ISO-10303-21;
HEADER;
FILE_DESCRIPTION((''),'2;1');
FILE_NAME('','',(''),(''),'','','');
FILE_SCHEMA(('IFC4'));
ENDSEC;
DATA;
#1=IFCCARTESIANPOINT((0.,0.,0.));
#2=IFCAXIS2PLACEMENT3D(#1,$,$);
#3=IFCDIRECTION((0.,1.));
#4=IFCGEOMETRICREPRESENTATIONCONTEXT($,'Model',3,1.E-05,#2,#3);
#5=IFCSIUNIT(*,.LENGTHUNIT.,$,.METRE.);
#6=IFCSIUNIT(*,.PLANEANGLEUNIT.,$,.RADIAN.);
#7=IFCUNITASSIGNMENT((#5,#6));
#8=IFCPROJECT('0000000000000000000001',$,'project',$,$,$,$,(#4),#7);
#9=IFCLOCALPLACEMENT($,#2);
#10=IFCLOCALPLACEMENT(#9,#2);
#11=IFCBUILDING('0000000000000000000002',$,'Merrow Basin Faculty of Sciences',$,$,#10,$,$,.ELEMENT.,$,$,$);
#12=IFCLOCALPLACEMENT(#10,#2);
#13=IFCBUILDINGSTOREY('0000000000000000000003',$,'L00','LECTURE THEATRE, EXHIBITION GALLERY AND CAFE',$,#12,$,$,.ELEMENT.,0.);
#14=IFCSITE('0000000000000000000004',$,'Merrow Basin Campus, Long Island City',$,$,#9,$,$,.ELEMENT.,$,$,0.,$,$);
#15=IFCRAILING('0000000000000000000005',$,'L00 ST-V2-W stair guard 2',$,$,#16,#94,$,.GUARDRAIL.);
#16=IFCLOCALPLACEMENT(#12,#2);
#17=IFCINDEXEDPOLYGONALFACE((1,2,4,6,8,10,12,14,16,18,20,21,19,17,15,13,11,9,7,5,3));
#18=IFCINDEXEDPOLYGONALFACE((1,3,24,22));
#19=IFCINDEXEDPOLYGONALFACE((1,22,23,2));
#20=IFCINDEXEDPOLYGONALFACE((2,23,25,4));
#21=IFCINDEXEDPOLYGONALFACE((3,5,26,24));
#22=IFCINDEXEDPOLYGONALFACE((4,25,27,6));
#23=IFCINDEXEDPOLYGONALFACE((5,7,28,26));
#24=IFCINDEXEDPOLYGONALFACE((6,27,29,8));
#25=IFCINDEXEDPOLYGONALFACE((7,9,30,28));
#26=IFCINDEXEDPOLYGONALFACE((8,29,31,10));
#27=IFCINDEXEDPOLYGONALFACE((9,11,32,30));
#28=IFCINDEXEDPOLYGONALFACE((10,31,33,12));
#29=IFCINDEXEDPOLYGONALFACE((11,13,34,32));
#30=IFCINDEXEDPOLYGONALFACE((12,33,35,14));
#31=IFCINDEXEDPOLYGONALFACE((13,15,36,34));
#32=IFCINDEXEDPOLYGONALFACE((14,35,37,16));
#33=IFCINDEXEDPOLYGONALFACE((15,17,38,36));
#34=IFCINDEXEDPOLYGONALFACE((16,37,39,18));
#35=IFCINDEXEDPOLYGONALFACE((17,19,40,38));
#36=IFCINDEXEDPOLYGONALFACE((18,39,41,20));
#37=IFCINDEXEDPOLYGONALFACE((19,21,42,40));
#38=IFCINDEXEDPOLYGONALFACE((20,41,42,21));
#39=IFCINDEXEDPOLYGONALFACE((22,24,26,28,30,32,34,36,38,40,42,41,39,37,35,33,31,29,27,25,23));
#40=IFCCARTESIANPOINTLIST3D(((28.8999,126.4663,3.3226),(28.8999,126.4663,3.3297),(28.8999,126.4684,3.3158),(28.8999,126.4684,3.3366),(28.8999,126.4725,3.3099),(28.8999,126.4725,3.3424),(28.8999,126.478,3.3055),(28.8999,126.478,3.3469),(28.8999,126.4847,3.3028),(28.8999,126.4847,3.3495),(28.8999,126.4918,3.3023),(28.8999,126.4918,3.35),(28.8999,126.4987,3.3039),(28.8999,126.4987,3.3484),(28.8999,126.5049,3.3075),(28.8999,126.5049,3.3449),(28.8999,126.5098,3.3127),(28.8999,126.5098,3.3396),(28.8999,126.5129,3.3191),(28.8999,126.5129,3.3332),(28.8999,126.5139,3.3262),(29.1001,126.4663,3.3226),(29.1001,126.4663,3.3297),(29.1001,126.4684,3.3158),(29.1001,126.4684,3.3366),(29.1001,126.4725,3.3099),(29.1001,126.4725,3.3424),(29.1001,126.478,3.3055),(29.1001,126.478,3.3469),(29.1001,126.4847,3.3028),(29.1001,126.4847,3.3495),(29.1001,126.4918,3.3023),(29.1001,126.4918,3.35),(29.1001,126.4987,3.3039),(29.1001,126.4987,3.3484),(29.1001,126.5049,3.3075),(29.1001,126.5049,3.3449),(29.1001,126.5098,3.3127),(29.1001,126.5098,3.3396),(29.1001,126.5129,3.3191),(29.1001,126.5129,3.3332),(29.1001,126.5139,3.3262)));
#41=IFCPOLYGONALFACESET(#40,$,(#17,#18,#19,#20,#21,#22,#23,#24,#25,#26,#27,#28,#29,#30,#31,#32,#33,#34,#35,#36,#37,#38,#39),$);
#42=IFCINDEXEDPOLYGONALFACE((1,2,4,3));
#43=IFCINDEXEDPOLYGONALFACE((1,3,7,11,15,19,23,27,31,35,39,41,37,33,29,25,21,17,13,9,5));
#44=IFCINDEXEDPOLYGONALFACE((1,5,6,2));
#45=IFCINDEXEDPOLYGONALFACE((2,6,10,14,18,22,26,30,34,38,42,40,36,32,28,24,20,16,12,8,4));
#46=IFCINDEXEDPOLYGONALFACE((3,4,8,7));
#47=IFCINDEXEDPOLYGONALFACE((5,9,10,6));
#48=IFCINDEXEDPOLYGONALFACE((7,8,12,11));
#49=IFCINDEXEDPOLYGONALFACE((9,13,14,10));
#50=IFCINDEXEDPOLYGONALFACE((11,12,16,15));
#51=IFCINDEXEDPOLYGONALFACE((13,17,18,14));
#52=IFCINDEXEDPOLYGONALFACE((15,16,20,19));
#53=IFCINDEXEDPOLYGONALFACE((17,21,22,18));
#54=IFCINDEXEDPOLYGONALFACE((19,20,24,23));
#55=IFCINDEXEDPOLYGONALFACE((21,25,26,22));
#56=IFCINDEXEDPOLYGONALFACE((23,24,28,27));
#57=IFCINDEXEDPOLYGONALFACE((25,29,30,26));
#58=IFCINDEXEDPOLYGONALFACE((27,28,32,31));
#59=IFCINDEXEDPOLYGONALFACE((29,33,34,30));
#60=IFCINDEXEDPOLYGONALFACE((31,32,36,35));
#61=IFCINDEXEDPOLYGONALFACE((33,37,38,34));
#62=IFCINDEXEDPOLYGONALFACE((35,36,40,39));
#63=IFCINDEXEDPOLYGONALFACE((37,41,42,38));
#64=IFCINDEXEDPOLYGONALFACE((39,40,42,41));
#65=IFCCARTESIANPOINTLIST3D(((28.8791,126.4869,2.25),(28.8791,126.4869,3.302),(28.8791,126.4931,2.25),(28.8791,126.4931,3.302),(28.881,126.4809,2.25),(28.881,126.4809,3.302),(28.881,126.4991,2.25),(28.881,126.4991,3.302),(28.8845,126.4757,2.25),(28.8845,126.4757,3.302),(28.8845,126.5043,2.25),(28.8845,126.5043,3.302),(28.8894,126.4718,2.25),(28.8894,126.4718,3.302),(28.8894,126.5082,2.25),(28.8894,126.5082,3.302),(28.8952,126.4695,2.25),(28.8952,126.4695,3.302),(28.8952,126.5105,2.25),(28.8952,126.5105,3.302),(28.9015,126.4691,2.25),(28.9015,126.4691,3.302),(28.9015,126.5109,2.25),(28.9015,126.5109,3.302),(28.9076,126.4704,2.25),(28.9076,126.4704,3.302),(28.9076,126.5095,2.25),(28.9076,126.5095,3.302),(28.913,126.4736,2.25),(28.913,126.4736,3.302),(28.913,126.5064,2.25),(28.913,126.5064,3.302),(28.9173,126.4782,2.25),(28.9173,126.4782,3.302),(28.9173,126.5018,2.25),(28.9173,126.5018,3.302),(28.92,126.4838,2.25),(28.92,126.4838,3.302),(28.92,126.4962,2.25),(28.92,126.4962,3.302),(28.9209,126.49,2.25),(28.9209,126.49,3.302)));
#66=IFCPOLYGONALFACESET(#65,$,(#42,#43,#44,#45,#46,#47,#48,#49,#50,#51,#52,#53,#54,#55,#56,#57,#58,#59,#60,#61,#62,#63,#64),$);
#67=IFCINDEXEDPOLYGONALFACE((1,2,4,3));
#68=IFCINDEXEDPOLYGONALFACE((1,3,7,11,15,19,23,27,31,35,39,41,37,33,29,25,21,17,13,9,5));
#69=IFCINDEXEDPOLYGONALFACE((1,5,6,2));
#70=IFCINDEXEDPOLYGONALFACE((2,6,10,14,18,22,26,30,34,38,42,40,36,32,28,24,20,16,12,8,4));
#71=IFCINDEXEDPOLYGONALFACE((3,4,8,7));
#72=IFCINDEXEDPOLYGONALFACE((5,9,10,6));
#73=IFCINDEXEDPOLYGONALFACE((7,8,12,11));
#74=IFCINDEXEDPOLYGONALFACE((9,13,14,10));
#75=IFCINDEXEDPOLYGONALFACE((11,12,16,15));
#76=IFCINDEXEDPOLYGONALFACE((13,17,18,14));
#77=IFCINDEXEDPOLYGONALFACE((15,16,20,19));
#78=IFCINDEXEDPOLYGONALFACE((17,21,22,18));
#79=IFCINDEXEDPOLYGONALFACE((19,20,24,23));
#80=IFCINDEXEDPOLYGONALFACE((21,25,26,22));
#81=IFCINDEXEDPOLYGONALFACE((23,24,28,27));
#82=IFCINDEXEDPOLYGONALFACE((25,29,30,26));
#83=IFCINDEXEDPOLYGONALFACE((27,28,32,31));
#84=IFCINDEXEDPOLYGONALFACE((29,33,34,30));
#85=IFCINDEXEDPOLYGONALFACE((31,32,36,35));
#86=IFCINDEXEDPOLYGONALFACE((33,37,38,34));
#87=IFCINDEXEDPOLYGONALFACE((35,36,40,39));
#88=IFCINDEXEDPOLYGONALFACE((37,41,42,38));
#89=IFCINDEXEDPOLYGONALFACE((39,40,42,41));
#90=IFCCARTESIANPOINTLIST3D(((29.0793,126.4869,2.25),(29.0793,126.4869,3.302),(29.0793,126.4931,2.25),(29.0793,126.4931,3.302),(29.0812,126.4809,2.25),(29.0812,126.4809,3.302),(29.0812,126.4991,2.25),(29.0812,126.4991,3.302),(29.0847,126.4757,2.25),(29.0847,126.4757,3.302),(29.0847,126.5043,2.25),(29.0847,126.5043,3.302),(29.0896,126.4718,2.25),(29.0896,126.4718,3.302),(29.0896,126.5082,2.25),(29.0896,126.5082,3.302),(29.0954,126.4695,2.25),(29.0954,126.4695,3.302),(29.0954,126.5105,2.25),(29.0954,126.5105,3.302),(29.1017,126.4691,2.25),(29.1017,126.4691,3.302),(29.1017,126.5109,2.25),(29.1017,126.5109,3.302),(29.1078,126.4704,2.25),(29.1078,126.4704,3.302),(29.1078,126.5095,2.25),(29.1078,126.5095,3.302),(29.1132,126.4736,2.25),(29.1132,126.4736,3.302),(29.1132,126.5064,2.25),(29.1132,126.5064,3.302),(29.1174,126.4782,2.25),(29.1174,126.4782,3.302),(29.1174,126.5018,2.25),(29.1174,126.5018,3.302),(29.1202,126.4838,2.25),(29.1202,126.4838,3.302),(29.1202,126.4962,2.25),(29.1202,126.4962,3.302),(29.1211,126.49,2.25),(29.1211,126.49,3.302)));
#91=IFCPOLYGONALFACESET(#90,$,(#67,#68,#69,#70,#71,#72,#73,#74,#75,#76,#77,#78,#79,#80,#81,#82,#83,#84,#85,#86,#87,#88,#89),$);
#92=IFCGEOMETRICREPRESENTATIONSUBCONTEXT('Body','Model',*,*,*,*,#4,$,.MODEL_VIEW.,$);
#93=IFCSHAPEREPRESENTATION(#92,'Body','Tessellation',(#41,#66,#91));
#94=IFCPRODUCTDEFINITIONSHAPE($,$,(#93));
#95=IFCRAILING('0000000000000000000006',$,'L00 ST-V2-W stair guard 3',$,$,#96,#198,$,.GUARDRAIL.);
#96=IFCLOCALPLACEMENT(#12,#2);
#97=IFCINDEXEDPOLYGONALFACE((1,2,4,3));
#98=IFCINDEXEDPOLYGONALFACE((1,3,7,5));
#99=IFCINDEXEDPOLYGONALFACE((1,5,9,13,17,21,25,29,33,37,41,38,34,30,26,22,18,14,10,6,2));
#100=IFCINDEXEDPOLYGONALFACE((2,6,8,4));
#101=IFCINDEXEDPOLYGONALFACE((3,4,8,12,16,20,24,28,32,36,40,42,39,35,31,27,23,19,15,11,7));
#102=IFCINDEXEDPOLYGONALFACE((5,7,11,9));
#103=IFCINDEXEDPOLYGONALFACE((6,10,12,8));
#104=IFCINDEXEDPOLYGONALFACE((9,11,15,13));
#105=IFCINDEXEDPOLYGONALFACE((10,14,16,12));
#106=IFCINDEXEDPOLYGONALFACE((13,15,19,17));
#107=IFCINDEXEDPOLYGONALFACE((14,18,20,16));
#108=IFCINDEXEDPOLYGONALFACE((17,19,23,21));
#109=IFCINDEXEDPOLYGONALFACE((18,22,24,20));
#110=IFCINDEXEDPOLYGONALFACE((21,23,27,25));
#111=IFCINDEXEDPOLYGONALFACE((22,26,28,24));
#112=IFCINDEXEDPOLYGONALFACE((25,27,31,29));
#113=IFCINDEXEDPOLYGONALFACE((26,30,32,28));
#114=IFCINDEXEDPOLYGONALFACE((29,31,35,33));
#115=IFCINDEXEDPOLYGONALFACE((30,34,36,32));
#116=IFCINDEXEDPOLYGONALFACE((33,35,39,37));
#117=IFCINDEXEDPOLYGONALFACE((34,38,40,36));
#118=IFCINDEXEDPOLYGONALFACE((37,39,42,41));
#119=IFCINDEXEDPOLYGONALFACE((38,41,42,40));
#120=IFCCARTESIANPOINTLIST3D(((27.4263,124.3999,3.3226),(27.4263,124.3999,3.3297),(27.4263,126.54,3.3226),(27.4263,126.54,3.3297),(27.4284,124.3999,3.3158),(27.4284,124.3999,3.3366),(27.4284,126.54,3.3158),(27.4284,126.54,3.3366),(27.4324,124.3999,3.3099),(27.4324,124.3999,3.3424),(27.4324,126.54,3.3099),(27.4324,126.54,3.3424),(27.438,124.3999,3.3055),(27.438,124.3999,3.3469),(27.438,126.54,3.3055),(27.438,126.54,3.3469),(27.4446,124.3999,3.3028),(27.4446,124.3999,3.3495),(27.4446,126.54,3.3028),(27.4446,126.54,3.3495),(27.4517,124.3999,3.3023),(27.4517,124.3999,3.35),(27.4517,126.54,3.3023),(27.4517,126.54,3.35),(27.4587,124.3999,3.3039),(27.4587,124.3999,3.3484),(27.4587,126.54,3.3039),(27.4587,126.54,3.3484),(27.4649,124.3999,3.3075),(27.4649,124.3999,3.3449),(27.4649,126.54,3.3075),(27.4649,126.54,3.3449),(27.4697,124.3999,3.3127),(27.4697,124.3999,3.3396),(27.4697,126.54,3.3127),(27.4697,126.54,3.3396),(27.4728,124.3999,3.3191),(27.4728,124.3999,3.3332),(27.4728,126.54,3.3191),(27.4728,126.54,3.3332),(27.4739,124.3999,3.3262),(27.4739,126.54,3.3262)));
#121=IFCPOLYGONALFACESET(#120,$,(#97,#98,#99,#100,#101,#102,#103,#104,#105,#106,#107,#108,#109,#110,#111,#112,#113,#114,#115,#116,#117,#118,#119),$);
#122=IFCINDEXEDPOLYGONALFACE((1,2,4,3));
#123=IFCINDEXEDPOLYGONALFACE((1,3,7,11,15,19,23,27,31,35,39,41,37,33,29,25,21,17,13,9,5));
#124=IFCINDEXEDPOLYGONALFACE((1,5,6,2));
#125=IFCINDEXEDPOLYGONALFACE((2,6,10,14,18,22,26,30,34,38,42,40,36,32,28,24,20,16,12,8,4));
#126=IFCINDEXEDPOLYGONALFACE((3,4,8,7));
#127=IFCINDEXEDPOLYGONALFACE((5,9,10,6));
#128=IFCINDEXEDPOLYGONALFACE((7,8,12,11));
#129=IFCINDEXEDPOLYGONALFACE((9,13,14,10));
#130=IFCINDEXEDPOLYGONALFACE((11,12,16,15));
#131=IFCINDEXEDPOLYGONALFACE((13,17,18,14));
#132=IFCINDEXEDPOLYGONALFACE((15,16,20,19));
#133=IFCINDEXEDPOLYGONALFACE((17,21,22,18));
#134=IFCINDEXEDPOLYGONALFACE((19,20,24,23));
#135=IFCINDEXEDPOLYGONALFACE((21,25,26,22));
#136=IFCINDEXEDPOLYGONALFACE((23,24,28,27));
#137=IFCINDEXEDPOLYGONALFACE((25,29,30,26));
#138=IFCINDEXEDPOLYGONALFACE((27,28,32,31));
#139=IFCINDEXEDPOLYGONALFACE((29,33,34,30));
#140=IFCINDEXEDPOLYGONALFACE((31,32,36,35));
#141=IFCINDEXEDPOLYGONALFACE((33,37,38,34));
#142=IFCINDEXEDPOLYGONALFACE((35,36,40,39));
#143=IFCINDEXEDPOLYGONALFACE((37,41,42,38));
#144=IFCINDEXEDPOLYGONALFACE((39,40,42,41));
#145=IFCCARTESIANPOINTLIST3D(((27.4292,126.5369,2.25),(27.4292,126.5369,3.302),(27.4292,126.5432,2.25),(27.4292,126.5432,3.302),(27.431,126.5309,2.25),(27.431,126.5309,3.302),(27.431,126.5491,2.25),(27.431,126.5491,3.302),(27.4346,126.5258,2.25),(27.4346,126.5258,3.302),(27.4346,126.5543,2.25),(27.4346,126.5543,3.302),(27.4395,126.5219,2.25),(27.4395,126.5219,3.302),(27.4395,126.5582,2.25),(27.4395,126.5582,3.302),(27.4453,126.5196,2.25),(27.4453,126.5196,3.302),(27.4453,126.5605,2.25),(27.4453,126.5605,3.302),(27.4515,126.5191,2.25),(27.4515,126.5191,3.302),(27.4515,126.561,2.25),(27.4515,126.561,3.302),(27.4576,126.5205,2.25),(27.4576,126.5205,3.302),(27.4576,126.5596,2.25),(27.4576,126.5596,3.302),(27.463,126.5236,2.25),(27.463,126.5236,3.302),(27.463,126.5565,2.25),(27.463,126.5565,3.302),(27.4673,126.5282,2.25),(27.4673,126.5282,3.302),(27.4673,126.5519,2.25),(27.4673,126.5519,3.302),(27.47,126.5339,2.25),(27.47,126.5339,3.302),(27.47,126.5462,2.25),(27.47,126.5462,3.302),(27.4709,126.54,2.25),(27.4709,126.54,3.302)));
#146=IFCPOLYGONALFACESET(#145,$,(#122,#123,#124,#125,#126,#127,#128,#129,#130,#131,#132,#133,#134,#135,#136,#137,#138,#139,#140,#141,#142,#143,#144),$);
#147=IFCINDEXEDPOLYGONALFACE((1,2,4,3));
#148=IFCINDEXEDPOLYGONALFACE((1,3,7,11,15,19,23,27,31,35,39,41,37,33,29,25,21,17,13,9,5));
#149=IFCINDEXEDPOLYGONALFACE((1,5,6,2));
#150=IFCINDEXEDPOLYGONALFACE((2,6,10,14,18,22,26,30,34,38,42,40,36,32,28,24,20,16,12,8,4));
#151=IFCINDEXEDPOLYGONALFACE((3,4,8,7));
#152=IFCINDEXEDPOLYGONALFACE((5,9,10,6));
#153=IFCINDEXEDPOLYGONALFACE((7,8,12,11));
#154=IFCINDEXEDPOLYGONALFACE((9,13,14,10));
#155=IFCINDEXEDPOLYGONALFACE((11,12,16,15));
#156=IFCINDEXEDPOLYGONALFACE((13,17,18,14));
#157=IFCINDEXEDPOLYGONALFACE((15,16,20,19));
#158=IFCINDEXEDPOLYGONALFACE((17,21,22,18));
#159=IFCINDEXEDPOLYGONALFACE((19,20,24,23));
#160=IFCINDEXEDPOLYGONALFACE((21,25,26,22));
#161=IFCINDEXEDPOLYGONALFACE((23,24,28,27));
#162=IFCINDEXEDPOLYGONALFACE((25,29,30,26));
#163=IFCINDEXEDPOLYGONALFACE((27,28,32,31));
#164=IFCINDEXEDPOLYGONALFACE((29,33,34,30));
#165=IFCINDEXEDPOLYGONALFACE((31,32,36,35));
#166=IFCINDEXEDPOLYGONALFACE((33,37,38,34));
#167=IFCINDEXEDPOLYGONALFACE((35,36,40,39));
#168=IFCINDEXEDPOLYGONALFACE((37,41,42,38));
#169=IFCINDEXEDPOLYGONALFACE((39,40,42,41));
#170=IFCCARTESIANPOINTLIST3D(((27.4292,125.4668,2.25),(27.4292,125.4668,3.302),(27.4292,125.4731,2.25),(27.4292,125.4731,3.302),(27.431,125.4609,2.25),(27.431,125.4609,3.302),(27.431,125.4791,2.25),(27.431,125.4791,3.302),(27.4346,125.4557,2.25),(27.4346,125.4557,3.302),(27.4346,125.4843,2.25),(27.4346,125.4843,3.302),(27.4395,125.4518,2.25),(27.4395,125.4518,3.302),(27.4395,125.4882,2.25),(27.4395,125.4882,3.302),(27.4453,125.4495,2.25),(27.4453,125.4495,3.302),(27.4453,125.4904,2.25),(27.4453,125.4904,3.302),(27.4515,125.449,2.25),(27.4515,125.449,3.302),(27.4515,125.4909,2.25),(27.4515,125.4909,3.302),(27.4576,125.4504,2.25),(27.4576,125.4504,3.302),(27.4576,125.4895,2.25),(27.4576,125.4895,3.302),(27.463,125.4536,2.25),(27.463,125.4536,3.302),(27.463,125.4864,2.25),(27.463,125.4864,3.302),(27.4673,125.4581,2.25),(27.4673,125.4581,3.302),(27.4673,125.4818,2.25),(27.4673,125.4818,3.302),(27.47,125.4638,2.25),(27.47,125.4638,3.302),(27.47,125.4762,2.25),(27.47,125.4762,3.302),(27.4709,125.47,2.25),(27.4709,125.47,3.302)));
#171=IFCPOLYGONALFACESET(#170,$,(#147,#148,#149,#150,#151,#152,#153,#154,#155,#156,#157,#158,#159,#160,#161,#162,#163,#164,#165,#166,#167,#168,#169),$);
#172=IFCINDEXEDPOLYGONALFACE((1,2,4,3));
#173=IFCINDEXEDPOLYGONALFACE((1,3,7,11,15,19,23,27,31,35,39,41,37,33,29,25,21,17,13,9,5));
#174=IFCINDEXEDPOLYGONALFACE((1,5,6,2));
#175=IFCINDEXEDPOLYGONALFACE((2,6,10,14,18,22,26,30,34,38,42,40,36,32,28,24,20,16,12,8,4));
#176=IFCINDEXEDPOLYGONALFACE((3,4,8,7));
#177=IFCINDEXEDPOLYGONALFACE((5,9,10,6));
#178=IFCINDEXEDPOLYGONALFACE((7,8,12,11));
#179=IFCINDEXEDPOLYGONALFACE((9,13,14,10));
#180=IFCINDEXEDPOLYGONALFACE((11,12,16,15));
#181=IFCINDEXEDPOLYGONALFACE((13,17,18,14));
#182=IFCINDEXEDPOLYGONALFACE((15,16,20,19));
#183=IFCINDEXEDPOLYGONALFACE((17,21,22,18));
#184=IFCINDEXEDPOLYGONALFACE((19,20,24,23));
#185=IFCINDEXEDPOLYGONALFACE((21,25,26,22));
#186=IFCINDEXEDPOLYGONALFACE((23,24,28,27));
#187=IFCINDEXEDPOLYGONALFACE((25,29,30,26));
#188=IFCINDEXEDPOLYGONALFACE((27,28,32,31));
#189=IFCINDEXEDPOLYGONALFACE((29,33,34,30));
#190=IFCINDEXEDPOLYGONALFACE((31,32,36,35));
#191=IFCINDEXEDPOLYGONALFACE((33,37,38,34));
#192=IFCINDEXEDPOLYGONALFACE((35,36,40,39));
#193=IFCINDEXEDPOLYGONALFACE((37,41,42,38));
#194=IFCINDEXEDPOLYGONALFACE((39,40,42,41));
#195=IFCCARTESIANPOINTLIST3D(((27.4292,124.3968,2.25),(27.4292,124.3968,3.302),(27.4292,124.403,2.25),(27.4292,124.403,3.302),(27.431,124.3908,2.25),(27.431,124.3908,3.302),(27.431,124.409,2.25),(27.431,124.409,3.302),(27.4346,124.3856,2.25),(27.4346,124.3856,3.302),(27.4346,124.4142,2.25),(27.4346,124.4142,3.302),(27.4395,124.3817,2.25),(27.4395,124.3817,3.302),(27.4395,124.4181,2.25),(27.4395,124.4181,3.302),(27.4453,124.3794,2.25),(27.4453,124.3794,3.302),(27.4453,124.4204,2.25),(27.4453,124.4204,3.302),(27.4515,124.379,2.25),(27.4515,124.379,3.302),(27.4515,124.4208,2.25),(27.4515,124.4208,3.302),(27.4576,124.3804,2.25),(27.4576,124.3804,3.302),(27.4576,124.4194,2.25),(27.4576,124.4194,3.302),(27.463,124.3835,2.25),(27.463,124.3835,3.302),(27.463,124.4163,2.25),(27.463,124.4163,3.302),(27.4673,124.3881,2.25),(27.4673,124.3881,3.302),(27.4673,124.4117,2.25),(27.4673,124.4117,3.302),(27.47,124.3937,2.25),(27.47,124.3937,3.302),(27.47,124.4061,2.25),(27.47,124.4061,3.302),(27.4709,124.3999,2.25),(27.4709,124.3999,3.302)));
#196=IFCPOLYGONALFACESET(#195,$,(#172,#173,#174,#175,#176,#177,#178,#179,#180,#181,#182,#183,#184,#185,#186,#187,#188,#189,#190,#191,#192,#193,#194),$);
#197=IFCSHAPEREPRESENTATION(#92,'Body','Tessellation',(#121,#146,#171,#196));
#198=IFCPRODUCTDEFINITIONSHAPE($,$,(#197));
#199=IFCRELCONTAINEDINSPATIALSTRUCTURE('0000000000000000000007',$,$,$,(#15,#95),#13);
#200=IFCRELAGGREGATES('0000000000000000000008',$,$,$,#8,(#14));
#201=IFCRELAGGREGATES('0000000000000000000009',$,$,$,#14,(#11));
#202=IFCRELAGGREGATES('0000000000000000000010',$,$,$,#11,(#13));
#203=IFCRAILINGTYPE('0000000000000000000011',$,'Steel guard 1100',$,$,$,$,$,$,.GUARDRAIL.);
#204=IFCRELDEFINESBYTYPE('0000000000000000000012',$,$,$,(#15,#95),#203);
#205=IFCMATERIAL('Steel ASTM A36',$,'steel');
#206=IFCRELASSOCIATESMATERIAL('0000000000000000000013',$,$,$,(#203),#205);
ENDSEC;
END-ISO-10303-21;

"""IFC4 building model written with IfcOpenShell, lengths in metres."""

from ifc_helpers import new_model, si_unit, direction, frame, origin, origin_2d, place, context, subcontext, project, spatial, circle, extrude, material, type_object, element, save


model = new_model("IFC4")

# Units and contexts
model_context = context("Model", 3, precision=1e-05, world=origin(), true_north=direction((0.0, 1.0)))
body_context = subcontext(model_context, "Body", "Model", "MODEL_VIEW")
ifc_project = project(units=[si_unit("LENGTHUNIT", "METRE"), si_unit("PLANEANGLEUNIT", "RADIAN")], contexts=[model_context])

# Site, building, storey
site_placement = place(None, origin())
site = spatial("IfcSite", under=ifc_project, at=site_placement, Name="Merrow Basin Campus, Long Island City", CompositionType="ELEMENT", RefElevation=0.0)
building_placement = place(site_placement, origin())
building = spatial("IfcBuilding", under=site, at=building_placement, Name="Merrow Basin Faculty of Sciences", CompositionType="ELEMENT")
storey_placement = place(building_placement, origin())
storey = spatial("IfcBuildingStorey", under=building, at=storey_placement, Name="L00", Description="LECTURE THEATRE, EXHIBITION GALLERY AND CAFE", CompositionType="ELEMENT", Elevation=0.0)

# Railings
ifc_material_1 = material(Name="Steel ASTM A36", Category="steel")
railing_type_1 = type_object("IfcRailingType", Name="Steel guard 1100", PredefinedType="GUARDRAIL", material=ifc_material_1)
railing_1_placement = place(storey_placement, frame((28.8999, 126.49, 2.25)))
element("IfcRailing", 1, at=railing_1_placement, inside=storey, type_object=railing_type_1, Name="L00 ST-V2-W stair guard 2", PredefinedType="GUARDRAIL", context=body_context, shape_type="SweptSolid", body=[
    extrude(circle(Radius=0.0239, at=origin_2d()), frame((0.0, 0.0, 1.0762), z_axis=(1.0, 0.0, 0.0), x_axis=(0.0, 1.0, 0.0)), (0.0, 0.0, 1.0), 0.2002),
    extrude(circle(Radius=0.021, at=origin_2d()), origin(), (0.0, 0.0, 1.0), 1.052),
    extrude(circle(Radius=0.021, at=origin_2d()), frame((0.2002, 0.0, 0.0)), (0.0, 0.0, 1.0), 1.052),
])
railing_2_placement = place(storey_placement, frame((27.45, 126.54, 2.25)))
element("IfcRailing", 2, at=railing_2_placement, inside=storey, type_object=railing_type_1, Name="L00 ST-V2-W stair guard 3", PredefinedType="GUARDRAIL", context=body_context, shape_type="SweptSolid", body=[
    extrude(circle(Radius=0.0239, at=origin_2d()), frame((0.0, 0.0, 1.0762), z_axis=(0.0, -1.0, 0.0), x_axis=(1.0, 0.0, 0.0)), (0.0, 0.0, 1.0), 2.1401),
    extrude(circle(Radius=0.021, at=origin_2d()), origin(), (0.0, 0.0, 1.0), 1.052),
    extrude(circle(Radius=0.021, at=origin_2d()), frame((0.0, -1.0701, 0.0)), (0.0, 0.0, 1.0), 1.052),
    extrude(circle(Radius=0.021, at=origin_2d()), frame((0.0, -2.1401, 0.0)), (0.0, 0.0, 1.0), 1.052),
])

save(model, "model.ifc")
